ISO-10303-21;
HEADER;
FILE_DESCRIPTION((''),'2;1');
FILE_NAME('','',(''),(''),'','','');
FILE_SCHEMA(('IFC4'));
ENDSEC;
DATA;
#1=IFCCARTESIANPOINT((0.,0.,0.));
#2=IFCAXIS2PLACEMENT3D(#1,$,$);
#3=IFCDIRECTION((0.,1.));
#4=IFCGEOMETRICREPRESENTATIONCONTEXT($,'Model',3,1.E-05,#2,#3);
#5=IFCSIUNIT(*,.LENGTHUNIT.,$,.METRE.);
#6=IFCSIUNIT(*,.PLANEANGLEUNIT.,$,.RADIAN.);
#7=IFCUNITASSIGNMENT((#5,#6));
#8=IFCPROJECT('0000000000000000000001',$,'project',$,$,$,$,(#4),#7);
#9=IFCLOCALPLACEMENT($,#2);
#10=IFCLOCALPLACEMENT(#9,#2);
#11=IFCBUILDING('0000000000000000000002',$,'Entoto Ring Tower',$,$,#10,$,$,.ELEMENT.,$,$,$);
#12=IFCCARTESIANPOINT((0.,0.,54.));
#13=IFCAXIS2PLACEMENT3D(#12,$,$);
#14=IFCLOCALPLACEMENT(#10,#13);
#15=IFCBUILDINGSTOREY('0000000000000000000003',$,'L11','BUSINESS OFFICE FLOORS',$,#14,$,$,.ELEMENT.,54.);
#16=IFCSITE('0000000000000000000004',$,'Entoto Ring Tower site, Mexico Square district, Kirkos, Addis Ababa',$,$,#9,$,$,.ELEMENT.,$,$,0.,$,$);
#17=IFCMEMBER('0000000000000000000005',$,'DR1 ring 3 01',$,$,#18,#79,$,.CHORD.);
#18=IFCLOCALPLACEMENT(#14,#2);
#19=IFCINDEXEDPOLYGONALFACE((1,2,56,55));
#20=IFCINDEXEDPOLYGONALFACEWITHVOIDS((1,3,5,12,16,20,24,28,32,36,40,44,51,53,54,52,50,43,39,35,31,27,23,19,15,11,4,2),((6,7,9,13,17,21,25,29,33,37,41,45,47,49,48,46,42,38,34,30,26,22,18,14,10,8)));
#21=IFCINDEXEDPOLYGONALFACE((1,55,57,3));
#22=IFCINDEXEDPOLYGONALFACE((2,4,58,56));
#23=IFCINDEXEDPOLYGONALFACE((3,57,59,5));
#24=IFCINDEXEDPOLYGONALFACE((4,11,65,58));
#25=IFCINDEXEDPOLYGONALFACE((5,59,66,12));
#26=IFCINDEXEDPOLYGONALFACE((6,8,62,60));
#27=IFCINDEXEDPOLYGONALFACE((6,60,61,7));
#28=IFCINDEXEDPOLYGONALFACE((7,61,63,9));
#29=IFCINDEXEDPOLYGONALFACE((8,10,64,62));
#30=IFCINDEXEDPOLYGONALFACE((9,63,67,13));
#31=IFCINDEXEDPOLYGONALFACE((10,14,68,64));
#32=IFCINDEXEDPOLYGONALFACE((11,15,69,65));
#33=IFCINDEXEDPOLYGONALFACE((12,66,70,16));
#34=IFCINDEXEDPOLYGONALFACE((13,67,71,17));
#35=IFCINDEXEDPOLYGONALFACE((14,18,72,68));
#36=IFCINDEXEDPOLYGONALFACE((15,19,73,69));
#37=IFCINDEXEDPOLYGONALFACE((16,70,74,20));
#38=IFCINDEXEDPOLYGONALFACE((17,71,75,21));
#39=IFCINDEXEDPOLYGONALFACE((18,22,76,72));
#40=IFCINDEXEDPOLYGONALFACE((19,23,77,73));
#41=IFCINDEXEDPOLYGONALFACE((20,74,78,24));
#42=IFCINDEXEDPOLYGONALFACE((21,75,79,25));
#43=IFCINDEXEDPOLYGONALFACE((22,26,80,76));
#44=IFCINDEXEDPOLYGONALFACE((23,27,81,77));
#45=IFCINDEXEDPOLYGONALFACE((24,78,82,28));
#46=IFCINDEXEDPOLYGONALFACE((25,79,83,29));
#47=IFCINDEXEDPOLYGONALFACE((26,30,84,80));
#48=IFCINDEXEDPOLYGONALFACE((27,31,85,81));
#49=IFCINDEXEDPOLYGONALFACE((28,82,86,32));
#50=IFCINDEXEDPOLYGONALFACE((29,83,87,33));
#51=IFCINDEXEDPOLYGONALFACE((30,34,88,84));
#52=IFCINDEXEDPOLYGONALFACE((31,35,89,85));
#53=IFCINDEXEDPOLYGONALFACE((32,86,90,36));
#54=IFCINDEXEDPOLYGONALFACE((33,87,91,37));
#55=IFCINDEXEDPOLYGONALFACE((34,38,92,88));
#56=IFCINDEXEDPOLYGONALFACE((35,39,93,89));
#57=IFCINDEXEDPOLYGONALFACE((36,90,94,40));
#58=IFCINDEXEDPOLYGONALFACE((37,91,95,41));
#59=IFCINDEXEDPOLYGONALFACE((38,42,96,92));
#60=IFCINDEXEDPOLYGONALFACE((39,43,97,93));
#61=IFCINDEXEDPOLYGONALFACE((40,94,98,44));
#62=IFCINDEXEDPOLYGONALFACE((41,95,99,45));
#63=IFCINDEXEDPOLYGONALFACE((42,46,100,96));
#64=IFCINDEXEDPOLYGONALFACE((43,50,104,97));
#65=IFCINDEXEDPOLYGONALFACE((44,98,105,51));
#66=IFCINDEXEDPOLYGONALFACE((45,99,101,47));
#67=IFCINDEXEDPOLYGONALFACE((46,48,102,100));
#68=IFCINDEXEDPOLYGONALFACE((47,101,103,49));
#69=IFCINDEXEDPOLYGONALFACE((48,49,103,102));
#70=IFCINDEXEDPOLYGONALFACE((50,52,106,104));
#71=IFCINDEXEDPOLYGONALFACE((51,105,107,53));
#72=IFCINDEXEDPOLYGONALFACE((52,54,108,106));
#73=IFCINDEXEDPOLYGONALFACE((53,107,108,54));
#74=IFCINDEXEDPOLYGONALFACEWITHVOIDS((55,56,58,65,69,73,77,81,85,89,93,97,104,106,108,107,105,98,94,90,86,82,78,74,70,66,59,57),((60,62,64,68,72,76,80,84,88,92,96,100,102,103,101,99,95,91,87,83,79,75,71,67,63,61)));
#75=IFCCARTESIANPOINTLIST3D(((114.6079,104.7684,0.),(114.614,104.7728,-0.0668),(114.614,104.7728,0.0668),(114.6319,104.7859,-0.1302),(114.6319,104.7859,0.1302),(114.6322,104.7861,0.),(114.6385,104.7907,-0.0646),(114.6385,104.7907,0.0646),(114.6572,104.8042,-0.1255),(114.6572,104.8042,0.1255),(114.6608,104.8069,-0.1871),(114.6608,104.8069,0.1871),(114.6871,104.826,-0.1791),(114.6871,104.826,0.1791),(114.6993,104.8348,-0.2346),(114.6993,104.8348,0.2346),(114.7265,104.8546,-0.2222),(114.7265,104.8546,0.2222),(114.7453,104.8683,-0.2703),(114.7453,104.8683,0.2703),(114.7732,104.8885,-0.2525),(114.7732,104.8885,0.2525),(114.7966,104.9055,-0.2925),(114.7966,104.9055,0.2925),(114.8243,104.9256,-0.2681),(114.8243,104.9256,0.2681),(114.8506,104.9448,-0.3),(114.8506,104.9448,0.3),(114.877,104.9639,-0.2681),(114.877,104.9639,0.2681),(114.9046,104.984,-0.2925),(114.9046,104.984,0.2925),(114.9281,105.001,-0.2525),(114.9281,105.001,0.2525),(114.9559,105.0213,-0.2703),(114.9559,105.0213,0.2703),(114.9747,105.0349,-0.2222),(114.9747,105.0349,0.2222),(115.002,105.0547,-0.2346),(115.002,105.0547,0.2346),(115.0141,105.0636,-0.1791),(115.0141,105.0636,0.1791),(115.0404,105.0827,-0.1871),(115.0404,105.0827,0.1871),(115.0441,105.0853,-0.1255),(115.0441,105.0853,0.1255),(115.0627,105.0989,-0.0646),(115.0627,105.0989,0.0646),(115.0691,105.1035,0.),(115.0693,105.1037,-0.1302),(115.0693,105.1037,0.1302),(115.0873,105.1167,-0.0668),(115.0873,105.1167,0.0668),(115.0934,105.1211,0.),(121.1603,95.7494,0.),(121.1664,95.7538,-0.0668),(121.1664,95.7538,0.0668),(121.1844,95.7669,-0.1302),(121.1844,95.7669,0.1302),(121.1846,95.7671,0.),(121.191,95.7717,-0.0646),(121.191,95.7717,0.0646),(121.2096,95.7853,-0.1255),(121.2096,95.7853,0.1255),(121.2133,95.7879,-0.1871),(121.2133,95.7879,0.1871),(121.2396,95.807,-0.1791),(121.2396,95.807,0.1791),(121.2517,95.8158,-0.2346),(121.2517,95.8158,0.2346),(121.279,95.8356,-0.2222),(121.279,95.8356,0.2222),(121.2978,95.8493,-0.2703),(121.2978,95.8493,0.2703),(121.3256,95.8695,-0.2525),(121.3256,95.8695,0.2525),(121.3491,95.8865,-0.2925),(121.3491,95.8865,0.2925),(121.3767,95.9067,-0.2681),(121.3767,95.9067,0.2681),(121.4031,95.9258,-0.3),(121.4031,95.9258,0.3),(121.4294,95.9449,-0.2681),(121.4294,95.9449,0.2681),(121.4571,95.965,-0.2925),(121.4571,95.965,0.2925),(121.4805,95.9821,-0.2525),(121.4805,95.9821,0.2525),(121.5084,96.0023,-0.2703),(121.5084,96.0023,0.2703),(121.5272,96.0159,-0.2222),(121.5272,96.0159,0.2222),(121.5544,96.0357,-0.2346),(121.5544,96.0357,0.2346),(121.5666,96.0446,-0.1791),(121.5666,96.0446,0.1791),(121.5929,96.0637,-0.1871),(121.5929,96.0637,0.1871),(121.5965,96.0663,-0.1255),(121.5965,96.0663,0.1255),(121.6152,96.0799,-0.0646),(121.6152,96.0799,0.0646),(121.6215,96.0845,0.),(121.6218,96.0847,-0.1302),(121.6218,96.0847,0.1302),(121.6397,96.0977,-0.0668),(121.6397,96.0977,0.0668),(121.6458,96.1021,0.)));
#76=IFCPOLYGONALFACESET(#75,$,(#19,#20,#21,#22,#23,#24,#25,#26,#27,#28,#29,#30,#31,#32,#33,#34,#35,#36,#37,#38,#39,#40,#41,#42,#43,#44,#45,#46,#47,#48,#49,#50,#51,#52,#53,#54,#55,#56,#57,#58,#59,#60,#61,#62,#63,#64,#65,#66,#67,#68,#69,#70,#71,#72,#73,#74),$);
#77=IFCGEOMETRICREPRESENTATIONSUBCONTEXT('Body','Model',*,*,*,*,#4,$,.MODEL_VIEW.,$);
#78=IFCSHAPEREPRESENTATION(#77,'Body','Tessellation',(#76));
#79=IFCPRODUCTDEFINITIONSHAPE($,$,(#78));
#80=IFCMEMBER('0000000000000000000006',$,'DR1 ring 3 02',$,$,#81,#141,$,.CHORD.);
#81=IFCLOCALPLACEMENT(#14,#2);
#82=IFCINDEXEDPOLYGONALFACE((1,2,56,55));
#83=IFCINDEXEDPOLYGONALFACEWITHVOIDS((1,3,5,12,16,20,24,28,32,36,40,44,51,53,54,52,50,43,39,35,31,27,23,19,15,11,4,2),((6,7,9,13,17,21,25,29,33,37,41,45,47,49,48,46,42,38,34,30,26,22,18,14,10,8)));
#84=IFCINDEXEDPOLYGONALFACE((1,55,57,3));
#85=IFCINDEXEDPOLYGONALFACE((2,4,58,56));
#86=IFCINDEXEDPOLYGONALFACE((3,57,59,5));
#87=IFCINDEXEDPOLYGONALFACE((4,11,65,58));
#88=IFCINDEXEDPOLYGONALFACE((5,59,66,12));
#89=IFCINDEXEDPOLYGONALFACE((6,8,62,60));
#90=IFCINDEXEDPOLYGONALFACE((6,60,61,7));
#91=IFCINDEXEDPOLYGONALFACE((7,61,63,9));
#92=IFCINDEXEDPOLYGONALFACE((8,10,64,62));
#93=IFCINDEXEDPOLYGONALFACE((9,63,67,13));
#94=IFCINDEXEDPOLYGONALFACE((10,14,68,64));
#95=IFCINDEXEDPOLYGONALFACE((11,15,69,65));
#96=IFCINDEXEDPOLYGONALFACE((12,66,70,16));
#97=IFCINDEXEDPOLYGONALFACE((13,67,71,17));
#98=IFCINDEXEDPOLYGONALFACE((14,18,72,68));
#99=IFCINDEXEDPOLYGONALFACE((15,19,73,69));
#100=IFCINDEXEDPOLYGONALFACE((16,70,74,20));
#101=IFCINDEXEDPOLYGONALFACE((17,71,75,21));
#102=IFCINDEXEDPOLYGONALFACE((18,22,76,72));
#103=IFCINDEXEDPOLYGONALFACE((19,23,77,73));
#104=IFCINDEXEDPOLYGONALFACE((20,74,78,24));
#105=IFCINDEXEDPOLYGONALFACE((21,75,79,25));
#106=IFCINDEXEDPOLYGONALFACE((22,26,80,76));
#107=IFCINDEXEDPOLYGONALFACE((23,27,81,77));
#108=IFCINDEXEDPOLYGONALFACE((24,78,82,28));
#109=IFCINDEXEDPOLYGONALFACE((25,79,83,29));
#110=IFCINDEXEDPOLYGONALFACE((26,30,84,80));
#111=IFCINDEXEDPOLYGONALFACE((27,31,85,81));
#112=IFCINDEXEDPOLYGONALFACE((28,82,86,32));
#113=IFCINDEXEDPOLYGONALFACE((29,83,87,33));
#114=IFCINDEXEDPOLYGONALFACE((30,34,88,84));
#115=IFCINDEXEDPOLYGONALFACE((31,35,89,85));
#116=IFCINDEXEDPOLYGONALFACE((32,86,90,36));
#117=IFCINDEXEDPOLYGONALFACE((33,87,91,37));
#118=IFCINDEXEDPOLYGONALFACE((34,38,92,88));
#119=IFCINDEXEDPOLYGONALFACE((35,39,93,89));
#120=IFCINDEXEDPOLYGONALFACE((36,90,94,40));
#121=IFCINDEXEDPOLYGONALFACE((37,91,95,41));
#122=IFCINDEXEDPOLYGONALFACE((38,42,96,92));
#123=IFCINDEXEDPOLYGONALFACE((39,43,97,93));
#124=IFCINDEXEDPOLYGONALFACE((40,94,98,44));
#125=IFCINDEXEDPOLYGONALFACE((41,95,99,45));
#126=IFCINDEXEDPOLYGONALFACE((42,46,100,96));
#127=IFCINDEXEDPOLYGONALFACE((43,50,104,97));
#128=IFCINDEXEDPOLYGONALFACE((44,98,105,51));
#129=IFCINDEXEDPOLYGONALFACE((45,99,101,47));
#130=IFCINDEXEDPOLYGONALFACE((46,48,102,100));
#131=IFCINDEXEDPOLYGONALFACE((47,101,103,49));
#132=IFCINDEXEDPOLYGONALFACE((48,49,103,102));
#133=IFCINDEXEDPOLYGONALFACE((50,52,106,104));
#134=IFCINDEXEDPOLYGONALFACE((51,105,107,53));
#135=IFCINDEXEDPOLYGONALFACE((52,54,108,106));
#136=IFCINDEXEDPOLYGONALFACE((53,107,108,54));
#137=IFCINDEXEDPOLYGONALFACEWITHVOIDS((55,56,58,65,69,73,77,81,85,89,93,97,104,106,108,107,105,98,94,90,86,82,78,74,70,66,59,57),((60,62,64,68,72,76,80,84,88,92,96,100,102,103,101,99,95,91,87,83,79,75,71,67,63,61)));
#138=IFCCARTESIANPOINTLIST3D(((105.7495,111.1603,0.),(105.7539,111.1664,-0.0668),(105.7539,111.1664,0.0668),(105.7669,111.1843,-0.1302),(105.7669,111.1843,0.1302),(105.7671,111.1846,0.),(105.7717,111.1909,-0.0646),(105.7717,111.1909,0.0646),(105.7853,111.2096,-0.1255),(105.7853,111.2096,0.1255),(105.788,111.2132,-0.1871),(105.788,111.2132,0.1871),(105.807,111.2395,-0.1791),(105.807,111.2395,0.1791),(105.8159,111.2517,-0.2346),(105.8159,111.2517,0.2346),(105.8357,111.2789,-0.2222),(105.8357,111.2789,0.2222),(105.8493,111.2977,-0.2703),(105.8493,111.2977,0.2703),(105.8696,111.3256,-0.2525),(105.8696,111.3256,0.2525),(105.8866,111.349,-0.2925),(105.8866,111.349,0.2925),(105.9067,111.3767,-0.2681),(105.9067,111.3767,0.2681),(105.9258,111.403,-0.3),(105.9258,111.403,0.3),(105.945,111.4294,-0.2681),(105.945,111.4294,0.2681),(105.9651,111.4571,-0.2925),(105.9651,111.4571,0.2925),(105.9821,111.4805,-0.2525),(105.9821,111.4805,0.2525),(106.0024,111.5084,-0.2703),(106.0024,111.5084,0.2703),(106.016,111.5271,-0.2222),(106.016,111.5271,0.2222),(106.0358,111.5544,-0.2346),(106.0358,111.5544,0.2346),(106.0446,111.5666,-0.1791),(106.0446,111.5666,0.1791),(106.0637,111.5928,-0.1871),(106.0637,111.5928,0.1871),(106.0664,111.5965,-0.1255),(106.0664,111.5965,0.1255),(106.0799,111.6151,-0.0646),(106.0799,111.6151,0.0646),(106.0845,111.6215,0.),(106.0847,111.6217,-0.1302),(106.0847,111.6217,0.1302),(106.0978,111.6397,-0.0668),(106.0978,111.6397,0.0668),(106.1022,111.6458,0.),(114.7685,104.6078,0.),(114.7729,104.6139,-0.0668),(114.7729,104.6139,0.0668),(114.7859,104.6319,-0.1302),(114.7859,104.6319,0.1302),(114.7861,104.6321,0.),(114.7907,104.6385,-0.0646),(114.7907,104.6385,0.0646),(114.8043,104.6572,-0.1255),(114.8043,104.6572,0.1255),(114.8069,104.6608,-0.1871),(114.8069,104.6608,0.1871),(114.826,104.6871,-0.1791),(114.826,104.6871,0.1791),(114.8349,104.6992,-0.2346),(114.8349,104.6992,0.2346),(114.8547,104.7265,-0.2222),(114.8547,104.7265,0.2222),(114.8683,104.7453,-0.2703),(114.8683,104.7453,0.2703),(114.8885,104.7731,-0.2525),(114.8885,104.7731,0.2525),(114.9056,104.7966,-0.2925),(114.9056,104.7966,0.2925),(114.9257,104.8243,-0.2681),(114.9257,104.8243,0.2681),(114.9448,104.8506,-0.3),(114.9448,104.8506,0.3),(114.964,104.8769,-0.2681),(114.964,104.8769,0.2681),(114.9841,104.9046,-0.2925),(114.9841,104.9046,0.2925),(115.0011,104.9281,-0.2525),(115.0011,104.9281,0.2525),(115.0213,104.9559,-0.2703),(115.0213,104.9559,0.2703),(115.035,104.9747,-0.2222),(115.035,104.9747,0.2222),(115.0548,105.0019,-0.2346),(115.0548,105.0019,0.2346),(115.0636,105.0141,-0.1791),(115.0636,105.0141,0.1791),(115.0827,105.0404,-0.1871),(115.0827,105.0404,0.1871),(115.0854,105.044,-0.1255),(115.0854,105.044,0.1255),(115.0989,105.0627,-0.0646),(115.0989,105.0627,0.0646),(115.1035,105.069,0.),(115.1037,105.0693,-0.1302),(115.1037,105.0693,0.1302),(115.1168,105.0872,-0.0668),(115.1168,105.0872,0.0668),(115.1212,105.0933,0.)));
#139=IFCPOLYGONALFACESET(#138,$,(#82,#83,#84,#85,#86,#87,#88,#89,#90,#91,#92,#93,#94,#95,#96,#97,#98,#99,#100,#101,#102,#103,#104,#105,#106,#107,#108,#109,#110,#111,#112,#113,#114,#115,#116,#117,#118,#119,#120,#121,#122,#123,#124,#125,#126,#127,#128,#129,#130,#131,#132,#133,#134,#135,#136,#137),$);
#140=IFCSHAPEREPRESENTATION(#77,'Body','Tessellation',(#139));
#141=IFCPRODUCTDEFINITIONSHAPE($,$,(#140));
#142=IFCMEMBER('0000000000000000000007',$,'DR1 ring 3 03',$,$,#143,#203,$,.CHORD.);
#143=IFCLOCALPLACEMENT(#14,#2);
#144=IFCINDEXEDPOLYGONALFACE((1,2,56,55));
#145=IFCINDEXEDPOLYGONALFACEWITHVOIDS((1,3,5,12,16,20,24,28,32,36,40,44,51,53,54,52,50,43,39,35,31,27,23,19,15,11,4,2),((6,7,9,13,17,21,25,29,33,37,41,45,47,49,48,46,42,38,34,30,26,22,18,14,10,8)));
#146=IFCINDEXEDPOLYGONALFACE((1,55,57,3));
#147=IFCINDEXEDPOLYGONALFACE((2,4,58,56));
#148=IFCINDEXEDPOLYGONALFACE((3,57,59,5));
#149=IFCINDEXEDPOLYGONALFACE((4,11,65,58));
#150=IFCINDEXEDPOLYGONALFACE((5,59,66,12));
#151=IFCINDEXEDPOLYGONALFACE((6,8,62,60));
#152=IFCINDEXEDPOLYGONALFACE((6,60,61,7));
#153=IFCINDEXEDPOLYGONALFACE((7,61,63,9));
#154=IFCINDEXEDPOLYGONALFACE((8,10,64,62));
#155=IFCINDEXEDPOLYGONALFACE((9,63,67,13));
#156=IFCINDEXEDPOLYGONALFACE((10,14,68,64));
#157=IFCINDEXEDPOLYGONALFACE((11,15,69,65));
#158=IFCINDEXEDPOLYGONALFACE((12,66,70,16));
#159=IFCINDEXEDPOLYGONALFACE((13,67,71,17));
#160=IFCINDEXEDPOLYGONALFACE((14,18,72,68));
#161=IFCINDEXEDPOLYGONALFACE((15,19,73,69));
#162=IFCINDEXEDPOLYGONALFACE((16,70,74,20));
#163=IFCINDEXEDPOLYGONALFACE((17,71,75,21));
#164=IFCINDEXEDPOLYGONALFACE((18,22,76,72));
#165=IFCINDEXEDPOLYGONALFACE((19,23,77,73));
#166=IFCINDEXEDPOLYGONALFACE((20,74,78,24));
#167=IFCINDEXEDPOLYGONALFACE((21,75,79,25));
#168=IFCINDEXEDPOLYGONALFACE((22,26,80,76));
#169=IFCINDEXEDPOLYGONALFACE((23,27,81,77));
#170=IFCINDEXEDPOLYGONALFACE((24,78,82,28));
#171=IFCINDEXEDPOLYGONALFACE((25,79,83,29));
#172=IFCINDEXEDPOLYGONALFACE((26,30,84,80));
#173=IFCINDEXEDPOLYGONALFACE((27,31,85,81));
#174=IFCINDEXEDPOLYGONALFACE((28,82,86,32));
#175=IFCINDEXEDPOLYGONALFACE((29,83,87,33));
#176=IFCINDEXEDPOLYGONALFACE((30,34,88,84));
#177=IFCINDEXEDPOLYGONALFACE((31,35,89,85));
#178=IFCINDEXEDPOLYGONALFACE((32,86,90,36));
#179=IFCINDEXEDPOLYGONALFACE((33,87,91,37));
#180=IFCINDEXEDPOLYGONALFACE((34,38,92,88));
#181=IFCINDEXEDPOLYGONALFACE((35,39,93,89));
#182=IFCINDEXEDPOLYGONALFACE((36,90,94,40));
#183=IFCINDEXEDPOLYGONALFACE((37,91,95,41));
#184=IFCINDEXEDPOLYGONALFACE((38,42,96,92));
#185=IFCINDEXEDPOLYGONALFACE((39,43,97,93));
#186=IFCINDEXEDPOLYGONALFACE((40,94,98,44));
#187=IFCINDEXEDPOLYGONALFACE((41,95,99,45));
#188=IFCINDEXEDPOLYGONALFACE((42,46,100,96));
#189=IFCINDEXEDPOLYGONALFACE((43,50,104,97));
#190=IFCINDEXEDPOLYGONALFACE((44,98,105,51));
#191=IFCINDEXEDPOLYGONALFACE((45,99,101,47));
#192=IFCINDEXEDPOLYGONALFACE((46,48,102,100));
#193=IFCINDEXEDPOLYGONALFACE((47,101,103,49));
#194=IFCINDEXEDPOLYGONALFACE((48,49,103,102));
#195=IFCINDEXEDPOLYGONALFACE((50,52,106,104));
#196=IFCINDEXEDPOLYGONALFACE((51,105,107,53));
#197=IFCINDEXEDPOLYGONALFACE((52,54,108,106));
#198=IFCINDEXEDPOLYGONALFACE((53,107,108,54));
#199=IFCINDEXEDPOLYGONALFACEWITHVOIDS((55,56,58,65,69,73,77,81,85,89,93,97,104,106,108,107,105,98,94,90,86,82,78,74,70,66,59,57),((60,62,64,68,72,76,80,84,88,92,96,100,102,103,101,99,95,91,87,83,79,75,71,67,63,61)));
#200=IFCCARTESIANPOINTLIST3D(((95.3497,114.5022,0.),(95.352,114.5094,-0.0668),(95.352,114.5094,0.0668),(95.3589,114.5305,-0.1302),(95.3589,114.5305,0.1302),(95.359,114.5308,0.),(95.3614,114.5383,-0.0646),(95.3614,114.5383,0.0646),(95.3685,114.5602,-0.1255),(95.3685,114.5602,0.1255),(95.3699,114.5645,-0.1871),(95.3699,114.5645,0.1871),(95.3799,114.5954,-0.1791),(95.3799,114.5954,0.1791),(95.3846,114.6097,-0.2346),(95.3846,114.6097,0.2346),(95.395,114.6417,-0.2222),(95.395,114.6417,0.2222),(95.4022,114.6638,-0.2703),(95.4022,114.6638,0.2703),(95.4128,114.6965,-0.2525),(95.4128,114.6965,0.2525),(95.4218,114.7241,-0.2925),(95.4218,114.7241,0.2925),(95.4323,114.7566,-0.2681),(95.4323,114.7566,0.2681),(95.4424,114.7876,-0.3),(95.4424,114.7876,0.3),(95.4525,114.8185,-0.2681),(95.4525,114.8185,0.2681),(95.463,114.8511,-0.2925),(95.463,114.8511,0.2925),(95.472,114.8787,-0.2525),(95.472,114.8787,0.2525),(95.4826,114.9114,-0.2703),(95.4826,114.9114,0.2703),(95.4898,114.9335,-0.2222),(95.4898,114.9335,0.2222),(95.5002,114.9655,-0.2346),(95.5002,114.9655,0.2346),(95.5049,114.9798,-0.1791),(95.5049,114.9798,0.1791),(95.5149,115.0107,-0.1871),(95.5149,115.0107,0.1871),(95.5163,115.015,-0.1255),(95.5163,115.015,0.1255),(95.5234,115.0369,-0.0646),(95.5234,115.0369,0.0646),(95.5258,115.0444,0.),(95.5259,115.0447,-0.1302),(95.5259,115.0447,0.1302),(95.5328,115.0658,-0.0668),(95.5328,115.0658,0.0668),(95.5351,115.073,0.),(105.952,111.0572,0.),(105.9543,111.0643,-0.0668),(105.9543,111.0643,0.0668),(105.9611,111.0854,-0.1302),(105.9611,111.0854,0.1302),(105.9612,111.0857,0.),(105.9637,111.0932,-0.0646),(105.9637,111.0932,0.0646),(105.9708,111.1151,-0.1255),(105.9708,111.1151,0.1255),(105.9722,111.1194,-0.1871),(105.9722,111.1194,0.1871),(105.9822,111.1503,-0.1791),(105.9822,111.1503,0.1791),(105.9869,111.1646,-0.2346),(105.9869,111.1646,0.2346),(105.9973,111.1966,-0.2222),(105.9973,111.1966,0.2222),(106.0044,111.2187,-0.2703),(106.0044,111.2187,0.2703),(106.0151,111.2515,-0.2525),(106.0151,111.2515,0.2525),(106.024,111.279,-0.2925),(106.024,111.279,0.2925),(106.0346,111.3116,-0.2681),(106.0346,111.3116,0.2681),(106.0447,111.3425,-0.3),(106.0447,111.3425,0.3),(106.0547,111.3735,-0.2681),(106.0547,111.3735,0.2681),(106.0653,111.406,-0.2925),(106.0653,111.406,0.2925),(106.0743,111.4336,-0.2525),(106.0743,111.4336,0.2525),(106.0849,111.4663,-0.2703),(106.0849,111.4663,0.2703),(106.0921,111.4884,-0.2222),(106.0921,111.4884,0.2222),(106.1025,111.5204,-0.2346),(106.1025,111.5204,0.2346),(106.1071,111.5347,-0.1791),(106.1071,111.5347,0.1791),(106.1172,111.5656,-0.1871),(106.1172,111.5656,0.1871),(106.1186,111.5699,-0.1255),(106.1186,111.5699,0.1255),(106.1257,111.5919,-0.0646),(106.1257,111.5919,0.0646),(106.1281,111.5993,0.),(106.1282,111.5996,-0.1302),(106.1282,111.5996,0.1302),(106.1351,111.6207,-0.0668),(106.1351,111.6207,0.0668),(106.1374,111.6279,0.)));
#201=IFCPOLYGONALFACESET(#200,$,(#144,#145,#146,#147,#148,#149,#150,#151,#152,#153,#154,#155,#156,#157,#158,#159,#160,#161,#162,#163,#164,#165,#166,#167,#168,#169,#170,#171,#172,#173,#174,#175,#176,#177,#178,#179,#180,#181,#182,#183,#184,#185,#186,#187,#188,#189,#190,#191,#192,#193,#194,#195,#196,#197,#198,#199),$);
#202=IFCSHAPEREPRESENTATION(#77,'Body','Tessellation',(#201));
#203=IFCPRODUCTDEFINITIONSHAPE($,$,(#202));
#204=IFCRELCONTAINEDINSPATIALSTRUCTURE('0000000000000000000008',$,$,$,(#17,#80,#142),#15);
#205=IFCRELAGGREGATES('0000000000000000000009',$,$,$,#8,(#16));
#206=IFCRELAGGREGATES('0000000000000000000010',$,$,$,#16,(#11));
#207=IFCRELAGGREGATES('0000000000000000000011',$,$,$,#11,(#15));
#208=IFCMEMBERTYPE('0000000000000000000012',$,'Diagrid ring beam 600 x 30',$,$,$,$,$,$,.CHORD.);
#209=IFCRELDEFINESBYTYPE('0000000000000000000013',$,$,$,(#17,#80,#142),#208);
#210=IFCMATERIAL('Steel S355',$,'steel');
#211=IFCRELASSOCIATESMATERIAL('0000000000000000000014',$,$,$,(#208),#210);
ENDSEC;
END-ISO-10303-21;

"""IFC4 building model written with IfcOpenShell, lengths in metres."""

from ifc_helpers import new_model, si_unit, direction, frame, origin, origin_2d, place, context, subcontext, project, spatial, circle, hollow_circle, extrude, material, material_profile, profile_set, type_object, element, save


model = new_model("IFC4")

# Units and contexts
model_context = context("Model", 3, precision=1e-05, world=origin(), true_north=direction((0.0, 1.0)))
body_context = subcontext(model_context, "Body", "Model", "MODEL_VIEW")
ifc_project = project(units=[si_unit("LENGTHUNIT", "METRE"), si_unit("PLANEANGLEUNIT", "RADIAN")], contexts=[model_context])

# Site, building, storey
site_placement = place(None, origin())
site = spatial("IfcSite", under=ifc_project, at=site_placement, Name="Entoto Ring Tower site, Mexico Square district, Kirkos, Addis Ababa", CompositionType="ELEMENT", RefElevation=0.0)
building_placement = place(site_placement, origin())
building = spatial("IfcBuilding", under=site, at=building_placement, Name="Entoto Ring Tower", CompositionType="ELEMENT")
storey_placement = place(building_placement, frame((0.0, 0.0, 54.0)))
storey = spatial("IfcBuildingStorey", under=building, at=storey_placement, Name="L11", Description="BUSINESS OFFICE FLOORS", CompositionType="ELEMENT", Elevation=54.0)

# Members
ifc_material_1 = material(Name="Steel S355", Category="steel")
ifc_material_profile_1 = material_profile(ifc_material_1, hollow_circle(Radius=0.3, WallThickness=0.03, at=origin_2d()), Name="CHS 600 x 30")
ifc_material_2 = material(Name="Concrete C60/75", Category="concrete")
ifc_material_profile_2 = material_profile(ifc_material_2, circle(Radius=0.27, at=origin_2d()), Name="Concrete C60/75 infill")
ifc_profile_set_1 = profile_set([ifc_material_profile_1, ifc_material_profile_2], Name="Steel S355")
member_type_1 = type_object("IfcMemberType", Name="Diagrid ring beam 600 x 30", PredefinedType="CHORD", material=ifc_profile_set_1)
for number, where, z_axis, x_axis, name in (
    (1, (121.4031, 95.9258, 0.0), (-0.587772, 0.809027, 0.0), (-0.809027, -0.587772, 0.0), "DR1 ring 3 01"),
    (2, (114.9448, 104.8506, 0.0), (-0.809027, 0.587772, 0.0), (-0.587772, -0.809027, 0.0), "DR1 ring 3 02"),
    (3, (106.0447, 111.3425, 0.0), (-0.951052, 0.309031, 0.0), (-0.309031, -0.951052, 0.0), "DR1 ring 3 03"),
):
    element("IfcMember", number, at=place(storey_placement, frame(where, z_axis=z_axis, x_axis=x_axis)), inside=storey, type_object=member_type_1, Name=name, PredefinedType="CHORD", context=body_context, shape_type="SweptSolid", body=[
        extrude(hollow_circle(Radius=0.3, WallThickness=0.03, at=origin_2d()), origin(), (0.0, 0.0, 1.0), 11.1479),
    ])

save(model, "model.ifc")
